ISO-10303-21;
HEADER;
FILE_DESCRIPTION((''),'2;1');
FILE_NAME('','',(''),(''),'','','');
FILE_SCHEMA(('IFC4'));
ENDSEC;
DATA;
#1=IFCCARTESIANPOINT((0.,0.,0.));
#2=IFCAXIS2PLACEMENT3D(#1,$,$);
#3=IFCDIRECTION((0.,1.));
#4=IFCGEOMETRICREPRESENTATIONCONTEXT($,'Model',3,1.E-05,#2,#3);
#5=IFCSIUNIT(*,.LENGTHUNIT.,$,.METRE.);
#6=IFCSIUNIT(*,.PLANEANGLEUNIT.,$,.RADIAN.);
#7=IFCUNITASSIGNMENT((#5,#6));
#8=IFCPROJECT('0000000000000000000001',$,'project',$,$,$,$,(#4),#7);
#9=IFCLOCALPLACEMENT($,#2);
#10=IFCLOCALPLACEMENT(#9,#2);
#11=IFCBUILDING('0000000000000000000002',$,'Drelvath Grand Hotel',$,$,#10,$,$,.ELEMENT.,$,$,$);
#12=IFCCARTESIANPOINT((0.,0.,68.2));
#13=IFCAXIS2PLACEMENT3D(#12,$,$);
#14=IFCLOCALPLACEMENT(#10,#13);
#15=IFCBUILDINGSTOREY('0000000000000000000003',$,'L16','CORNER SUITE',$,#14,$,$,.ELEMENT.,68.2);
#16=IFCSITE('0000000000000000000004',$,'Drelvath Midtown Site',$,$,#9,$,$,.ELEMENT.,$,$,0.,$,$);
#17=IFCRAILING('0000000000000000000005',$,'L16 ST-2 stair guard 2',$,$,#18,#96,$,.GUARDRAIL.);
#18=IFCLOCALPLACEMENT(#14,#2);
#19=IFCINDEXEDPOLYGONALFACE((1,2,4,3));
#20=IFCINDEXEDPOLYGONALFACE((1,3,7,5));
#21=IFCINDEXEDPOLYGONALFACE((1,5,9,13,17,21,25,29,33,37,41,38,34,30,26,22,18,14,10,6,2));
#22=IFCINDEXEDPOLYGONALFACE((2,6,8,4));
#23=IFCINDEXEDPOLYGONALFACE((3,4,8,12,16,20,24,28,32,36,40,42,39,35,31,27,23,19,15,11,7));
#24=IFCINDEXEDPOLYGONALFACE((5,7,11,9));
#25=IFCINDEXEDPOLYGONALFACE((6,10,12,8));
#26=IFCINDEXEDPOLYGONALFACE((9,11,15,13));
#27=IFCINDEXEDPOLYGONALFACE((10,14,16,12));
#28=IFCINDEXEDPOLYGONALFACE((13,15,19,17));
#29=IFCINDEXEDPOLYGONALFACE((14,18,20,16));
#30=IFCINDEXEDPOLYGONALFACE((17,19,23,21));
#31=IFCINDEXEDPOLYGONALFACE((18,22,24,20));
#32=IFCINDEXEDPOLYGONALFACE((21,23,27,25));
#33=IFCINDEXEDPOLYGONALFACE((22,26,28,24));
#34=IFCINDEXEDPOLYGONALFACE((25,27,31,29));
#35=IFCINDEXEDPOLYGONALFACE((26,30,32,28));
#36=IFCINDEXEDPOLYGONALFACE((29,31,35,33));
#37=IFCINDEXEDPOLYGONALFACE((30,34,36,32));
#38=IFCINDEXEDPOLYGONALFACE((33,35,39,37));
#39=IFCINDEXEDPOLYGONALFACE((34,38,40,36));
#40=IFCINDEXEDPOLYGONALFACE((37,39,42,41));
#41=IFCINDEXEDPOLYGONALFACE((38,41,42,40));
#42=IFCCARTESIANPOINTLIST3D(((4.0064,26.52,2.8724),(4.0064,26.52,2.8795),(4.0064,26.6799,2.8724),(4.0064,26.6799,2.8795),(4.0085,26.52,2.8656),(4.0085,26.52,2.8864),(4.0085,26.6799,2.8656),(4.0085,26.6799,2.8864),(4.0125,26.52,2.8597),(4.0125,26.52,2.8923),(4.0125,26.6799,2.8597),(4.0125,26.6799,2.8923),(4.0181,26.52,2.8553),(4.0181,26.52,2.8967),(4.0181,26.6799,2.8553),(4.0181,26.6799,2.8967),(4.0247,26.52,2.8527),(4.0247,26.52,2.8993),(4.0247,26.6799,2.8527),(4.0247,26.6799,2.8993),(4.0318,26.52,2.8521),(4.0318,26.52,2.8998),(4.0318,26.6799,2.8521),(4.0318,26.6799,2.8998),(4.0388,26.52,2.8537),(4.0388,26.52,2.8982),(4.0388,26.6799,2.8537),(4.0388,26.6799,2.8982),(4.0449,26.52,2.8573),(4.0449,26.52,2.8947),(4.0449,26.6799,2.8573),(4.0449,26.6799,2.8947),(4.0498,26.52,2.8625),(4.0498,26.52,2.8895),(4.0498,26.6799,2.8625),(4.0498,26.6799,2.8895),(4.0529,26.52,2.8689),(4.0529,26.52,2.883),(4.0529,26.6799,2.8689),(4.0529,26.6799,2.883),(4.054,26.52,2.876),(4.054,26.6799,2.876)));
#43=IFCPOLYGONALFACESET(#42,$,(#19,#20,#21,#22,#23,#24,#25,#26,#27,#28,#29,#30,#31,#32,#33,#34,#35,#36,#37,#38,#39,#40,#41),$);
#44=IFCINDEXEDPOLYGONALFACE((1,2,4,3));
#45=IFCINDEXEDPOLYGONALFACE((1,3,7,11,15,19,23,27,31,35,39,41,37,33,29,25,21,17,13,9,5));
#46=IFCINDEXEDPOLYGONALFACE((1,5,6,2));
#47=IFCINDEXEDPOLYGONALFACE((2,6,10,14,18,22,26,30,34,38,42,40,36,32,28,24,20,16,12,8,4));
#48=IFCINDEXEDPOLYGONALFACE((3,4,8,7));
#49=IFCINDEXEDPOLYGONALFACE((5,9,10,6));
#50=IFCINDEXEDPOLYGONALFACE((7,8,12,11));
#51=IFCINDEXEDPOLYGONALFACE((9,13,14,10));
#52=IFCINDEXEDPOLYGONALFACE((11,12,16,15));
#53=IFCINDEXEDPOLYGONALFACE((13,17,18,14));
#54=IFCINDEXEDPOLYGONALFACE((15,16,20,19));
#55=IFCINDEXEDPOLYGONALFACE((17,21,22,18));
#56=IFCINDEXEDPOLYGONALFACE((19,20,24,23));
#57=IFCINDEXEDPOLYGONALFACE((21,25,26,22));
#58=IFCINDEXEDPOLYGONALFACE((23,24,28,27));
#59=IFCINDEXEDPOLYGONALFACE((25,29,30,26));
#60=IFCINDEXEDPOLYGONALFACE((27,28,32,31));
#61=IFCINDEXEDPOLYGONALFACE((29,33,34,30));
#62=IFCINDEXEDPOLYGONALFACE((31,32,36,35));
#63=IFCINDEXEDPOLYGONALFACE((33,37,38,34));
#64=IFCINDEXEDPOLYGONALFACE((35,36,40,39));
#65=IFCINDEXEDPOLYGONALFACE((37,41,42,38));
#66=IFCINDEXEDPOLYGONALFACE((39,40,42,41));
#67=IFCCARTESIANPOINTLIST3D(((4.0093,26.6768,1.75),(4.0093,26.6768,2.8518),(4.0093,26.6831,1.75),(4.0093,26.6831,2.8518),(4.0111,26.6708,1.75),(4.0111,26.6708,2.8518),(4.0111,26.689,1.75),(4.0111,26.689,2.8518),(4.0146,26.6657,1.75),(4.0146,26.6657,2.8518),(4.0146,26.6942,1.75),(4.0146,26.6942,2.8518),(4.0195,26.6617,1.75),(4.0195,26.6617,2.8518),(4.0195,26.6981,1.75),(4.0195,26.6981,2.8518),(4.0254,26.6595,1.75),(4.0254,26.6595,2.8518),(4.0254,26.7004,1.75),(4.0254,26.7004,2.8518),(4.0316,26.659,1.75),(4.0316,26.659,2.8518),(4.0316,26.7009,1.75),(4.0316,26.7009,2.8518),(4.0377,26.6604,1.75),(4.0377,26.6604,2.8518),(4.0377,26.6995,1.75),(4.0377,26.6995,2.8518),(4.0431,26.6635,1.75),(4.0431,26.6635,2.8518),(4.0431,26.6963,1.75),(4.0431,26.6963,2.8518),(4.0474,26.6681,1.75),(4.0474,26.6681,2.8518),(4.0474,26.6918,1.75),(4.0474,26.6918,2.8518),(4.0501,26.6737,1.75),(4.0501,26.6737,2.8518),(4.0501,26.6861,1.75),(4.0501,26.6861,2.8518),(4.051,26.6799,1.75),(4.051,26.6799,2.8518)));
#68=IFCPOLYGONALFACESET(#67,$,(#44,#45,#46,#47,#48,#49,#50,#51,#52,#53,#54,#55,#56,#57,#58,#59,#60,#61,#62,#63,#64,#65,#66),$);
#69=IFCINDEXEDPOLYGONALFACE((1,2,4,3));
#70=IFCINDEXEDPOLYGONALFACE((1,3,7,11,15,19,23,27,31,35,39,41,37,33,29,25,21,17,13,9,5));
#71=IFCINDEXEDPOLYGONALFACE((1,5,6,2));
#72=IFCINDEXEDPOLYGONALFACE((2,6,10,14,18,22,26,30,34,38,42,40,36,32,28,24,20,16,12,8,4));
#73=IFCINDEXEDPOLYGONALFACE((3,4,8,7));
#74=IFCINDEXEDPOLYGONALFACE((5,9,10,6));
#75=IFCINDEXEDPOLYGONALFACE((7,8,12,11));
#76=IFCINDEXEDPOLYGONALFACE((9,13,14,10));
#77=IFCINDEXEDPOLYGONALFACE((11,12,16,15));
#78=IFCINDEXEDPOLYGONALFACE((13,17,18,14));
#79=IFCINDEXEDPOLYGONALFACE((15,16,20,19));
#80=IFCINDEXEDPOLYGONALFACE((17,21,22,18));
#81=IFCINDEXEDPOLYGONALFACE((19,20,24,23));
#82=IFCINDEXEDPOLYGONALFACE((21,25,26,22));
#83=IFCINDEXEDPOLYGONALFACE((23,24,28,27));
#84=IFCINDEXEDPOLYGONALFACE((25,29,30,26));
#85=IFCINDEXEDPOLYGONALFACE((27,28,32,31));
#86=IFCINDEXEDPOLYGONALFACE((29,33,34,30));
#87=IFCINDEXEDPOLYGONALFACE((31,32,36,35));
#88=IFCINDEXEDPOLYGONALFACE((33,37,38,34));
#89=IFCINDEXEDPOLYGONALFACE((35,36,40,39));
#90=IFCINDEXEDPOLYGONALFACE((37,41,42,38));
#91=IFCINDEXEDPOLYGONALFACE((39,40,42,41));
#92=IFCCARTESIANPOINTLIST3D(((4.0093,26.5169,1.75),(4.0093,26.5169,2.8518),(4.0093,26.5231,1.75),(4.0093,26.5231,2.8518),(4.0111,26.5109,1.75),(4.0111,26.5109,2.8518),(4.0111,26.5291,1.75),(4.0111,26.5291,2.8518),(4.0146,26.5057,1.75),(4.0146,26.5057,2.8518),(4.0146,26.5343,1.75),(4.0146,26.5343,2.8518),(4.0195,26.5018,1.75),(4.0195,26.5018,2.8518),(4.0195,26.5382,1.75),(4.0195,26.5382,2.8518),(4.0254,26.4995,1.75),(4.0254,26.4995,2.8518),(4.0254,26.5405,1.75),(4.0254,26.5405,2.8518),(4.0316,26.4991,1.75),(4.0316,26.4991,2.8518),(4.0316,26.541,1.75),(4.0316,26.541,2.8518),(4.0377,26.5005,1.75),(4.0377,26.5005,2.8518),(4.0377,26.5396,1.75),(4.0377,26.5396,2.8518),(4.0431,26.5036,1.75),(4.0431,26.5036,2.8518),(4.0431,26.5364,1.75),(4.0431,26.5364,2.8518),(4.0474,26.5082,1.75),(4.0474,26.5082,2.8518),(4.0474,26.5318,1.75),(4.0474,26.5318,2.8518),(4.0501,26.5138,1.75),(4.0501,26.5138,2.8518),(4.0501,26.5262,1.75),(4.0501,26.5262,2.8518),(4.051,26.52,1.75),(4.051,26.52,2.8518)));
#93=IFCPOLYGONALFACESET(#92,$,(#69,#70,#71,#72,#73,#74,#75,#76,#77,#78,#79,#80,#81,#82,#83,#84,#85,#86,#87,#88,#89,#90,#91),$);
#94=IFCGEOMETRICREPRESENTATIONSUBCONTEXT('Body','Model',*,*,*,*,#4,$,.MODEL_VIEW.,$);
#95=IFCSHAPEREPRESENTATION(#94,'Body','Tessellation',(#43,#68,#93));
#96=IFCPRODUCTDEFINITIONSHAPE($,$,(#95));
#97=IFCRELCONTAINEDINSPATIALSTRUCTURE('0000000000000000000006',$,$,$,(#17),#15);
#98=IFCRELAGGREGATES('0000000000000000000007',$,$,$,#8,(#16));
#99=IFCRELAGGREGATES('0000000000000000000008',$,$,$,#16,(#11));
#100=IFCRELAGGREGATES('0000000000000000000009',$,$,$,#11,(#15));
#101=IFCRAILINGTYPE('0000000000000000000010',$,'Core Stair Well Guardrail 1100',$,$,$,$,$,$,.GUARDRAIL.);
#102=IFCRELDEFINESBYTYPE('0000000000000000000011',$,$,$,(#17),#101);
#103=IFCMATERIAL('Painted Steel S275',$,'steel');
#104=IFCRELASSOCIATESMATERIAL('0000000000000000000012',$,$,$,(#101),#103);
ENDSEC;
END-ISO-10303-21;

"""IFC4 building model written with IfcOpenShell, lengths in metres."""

from ifc_helpers import new_model, si_unit, direction, frame, origin, origin_2d, place, context, subcontext, project, spatial, circle, extrude, material, type_object, element, save


model = new_model("IFC4")

# Units and contexts
model_context = context("Model", 3, precision=1e-05, world=origin(), true_north=direction((0.0, 1.0)))
body_context = subcontext(model_context, "Body", "Model", "MODEL_VIEW")
ifc_project = project(units=[si_unit("LENGTHUNIT", "METRE"), si_unit("PLANEANGLEUNIT", "RADIAN")], contexts=[model_context])

# Site, building, storey
site_placement = place(None, origin())
site = spatial("IfcSite", under=ifc_project, at=site_placement, Name="Drelvath Midtown Site", CompositionType="ELEMENT", RefElevation=0.0)
building_placement = place(site_placement, origin())
building = spatial("IfcBuilding", under=site, at=building_placement, Name="Drelvath Grand Hotel", CompositionType="ELEMENT")
storey_placement = place(building_placement, frame((0.0, 0.0, 68.2)))
storey = spatial("IfcBuildingStorey", under=building, at=storey_placement, Name="L16", Description="CORNER SUITE", CompositionType="ELEMENT", Elevation=68.2)

# Shared definitions
ifc_material_1 = material(Name="Painted Steel S275", Category="steel")

# Railing
railing_type_1 = type_object("IfcRailingType", Name="Core Stair Well Guardrail 1100", PredefinedType="GUARDRAIL", material=ifc_material_1)
railing_1_placement = place(storey_placement, frame((4.03, 26.6799, 1.75)))
element("IfcRailing", 1, at=railing_1_placement, inside=storey, type_object=railing_type_1, Name="L16 ST-2 stair guard 2", PredefinedType="GUARDRAIL", context=body_context, shape_type="SweptSolid", body=[
    extrude(circle(Radius=0.0239, at=origin_2d()), frame((0.0, 0.0, 1.126), z_axis=(0.0, -1.0, 0.0), x_axis=(1.0, 0.0, 0.0)), (0.0, 0.0, 1.0), 0.1599),
    extrude(circle(Radius=0.021, at=origin_2d()), origin(), (0.0, 0.0, 1.0), 1.1018),
    extrude(circle(Radius=0.021, at=origin_2d()), frame((0.0, -0.1599, 0.0)), (0.0, 0.0, 1.0), 1.1018),
])

save(model, "model.ifc")
